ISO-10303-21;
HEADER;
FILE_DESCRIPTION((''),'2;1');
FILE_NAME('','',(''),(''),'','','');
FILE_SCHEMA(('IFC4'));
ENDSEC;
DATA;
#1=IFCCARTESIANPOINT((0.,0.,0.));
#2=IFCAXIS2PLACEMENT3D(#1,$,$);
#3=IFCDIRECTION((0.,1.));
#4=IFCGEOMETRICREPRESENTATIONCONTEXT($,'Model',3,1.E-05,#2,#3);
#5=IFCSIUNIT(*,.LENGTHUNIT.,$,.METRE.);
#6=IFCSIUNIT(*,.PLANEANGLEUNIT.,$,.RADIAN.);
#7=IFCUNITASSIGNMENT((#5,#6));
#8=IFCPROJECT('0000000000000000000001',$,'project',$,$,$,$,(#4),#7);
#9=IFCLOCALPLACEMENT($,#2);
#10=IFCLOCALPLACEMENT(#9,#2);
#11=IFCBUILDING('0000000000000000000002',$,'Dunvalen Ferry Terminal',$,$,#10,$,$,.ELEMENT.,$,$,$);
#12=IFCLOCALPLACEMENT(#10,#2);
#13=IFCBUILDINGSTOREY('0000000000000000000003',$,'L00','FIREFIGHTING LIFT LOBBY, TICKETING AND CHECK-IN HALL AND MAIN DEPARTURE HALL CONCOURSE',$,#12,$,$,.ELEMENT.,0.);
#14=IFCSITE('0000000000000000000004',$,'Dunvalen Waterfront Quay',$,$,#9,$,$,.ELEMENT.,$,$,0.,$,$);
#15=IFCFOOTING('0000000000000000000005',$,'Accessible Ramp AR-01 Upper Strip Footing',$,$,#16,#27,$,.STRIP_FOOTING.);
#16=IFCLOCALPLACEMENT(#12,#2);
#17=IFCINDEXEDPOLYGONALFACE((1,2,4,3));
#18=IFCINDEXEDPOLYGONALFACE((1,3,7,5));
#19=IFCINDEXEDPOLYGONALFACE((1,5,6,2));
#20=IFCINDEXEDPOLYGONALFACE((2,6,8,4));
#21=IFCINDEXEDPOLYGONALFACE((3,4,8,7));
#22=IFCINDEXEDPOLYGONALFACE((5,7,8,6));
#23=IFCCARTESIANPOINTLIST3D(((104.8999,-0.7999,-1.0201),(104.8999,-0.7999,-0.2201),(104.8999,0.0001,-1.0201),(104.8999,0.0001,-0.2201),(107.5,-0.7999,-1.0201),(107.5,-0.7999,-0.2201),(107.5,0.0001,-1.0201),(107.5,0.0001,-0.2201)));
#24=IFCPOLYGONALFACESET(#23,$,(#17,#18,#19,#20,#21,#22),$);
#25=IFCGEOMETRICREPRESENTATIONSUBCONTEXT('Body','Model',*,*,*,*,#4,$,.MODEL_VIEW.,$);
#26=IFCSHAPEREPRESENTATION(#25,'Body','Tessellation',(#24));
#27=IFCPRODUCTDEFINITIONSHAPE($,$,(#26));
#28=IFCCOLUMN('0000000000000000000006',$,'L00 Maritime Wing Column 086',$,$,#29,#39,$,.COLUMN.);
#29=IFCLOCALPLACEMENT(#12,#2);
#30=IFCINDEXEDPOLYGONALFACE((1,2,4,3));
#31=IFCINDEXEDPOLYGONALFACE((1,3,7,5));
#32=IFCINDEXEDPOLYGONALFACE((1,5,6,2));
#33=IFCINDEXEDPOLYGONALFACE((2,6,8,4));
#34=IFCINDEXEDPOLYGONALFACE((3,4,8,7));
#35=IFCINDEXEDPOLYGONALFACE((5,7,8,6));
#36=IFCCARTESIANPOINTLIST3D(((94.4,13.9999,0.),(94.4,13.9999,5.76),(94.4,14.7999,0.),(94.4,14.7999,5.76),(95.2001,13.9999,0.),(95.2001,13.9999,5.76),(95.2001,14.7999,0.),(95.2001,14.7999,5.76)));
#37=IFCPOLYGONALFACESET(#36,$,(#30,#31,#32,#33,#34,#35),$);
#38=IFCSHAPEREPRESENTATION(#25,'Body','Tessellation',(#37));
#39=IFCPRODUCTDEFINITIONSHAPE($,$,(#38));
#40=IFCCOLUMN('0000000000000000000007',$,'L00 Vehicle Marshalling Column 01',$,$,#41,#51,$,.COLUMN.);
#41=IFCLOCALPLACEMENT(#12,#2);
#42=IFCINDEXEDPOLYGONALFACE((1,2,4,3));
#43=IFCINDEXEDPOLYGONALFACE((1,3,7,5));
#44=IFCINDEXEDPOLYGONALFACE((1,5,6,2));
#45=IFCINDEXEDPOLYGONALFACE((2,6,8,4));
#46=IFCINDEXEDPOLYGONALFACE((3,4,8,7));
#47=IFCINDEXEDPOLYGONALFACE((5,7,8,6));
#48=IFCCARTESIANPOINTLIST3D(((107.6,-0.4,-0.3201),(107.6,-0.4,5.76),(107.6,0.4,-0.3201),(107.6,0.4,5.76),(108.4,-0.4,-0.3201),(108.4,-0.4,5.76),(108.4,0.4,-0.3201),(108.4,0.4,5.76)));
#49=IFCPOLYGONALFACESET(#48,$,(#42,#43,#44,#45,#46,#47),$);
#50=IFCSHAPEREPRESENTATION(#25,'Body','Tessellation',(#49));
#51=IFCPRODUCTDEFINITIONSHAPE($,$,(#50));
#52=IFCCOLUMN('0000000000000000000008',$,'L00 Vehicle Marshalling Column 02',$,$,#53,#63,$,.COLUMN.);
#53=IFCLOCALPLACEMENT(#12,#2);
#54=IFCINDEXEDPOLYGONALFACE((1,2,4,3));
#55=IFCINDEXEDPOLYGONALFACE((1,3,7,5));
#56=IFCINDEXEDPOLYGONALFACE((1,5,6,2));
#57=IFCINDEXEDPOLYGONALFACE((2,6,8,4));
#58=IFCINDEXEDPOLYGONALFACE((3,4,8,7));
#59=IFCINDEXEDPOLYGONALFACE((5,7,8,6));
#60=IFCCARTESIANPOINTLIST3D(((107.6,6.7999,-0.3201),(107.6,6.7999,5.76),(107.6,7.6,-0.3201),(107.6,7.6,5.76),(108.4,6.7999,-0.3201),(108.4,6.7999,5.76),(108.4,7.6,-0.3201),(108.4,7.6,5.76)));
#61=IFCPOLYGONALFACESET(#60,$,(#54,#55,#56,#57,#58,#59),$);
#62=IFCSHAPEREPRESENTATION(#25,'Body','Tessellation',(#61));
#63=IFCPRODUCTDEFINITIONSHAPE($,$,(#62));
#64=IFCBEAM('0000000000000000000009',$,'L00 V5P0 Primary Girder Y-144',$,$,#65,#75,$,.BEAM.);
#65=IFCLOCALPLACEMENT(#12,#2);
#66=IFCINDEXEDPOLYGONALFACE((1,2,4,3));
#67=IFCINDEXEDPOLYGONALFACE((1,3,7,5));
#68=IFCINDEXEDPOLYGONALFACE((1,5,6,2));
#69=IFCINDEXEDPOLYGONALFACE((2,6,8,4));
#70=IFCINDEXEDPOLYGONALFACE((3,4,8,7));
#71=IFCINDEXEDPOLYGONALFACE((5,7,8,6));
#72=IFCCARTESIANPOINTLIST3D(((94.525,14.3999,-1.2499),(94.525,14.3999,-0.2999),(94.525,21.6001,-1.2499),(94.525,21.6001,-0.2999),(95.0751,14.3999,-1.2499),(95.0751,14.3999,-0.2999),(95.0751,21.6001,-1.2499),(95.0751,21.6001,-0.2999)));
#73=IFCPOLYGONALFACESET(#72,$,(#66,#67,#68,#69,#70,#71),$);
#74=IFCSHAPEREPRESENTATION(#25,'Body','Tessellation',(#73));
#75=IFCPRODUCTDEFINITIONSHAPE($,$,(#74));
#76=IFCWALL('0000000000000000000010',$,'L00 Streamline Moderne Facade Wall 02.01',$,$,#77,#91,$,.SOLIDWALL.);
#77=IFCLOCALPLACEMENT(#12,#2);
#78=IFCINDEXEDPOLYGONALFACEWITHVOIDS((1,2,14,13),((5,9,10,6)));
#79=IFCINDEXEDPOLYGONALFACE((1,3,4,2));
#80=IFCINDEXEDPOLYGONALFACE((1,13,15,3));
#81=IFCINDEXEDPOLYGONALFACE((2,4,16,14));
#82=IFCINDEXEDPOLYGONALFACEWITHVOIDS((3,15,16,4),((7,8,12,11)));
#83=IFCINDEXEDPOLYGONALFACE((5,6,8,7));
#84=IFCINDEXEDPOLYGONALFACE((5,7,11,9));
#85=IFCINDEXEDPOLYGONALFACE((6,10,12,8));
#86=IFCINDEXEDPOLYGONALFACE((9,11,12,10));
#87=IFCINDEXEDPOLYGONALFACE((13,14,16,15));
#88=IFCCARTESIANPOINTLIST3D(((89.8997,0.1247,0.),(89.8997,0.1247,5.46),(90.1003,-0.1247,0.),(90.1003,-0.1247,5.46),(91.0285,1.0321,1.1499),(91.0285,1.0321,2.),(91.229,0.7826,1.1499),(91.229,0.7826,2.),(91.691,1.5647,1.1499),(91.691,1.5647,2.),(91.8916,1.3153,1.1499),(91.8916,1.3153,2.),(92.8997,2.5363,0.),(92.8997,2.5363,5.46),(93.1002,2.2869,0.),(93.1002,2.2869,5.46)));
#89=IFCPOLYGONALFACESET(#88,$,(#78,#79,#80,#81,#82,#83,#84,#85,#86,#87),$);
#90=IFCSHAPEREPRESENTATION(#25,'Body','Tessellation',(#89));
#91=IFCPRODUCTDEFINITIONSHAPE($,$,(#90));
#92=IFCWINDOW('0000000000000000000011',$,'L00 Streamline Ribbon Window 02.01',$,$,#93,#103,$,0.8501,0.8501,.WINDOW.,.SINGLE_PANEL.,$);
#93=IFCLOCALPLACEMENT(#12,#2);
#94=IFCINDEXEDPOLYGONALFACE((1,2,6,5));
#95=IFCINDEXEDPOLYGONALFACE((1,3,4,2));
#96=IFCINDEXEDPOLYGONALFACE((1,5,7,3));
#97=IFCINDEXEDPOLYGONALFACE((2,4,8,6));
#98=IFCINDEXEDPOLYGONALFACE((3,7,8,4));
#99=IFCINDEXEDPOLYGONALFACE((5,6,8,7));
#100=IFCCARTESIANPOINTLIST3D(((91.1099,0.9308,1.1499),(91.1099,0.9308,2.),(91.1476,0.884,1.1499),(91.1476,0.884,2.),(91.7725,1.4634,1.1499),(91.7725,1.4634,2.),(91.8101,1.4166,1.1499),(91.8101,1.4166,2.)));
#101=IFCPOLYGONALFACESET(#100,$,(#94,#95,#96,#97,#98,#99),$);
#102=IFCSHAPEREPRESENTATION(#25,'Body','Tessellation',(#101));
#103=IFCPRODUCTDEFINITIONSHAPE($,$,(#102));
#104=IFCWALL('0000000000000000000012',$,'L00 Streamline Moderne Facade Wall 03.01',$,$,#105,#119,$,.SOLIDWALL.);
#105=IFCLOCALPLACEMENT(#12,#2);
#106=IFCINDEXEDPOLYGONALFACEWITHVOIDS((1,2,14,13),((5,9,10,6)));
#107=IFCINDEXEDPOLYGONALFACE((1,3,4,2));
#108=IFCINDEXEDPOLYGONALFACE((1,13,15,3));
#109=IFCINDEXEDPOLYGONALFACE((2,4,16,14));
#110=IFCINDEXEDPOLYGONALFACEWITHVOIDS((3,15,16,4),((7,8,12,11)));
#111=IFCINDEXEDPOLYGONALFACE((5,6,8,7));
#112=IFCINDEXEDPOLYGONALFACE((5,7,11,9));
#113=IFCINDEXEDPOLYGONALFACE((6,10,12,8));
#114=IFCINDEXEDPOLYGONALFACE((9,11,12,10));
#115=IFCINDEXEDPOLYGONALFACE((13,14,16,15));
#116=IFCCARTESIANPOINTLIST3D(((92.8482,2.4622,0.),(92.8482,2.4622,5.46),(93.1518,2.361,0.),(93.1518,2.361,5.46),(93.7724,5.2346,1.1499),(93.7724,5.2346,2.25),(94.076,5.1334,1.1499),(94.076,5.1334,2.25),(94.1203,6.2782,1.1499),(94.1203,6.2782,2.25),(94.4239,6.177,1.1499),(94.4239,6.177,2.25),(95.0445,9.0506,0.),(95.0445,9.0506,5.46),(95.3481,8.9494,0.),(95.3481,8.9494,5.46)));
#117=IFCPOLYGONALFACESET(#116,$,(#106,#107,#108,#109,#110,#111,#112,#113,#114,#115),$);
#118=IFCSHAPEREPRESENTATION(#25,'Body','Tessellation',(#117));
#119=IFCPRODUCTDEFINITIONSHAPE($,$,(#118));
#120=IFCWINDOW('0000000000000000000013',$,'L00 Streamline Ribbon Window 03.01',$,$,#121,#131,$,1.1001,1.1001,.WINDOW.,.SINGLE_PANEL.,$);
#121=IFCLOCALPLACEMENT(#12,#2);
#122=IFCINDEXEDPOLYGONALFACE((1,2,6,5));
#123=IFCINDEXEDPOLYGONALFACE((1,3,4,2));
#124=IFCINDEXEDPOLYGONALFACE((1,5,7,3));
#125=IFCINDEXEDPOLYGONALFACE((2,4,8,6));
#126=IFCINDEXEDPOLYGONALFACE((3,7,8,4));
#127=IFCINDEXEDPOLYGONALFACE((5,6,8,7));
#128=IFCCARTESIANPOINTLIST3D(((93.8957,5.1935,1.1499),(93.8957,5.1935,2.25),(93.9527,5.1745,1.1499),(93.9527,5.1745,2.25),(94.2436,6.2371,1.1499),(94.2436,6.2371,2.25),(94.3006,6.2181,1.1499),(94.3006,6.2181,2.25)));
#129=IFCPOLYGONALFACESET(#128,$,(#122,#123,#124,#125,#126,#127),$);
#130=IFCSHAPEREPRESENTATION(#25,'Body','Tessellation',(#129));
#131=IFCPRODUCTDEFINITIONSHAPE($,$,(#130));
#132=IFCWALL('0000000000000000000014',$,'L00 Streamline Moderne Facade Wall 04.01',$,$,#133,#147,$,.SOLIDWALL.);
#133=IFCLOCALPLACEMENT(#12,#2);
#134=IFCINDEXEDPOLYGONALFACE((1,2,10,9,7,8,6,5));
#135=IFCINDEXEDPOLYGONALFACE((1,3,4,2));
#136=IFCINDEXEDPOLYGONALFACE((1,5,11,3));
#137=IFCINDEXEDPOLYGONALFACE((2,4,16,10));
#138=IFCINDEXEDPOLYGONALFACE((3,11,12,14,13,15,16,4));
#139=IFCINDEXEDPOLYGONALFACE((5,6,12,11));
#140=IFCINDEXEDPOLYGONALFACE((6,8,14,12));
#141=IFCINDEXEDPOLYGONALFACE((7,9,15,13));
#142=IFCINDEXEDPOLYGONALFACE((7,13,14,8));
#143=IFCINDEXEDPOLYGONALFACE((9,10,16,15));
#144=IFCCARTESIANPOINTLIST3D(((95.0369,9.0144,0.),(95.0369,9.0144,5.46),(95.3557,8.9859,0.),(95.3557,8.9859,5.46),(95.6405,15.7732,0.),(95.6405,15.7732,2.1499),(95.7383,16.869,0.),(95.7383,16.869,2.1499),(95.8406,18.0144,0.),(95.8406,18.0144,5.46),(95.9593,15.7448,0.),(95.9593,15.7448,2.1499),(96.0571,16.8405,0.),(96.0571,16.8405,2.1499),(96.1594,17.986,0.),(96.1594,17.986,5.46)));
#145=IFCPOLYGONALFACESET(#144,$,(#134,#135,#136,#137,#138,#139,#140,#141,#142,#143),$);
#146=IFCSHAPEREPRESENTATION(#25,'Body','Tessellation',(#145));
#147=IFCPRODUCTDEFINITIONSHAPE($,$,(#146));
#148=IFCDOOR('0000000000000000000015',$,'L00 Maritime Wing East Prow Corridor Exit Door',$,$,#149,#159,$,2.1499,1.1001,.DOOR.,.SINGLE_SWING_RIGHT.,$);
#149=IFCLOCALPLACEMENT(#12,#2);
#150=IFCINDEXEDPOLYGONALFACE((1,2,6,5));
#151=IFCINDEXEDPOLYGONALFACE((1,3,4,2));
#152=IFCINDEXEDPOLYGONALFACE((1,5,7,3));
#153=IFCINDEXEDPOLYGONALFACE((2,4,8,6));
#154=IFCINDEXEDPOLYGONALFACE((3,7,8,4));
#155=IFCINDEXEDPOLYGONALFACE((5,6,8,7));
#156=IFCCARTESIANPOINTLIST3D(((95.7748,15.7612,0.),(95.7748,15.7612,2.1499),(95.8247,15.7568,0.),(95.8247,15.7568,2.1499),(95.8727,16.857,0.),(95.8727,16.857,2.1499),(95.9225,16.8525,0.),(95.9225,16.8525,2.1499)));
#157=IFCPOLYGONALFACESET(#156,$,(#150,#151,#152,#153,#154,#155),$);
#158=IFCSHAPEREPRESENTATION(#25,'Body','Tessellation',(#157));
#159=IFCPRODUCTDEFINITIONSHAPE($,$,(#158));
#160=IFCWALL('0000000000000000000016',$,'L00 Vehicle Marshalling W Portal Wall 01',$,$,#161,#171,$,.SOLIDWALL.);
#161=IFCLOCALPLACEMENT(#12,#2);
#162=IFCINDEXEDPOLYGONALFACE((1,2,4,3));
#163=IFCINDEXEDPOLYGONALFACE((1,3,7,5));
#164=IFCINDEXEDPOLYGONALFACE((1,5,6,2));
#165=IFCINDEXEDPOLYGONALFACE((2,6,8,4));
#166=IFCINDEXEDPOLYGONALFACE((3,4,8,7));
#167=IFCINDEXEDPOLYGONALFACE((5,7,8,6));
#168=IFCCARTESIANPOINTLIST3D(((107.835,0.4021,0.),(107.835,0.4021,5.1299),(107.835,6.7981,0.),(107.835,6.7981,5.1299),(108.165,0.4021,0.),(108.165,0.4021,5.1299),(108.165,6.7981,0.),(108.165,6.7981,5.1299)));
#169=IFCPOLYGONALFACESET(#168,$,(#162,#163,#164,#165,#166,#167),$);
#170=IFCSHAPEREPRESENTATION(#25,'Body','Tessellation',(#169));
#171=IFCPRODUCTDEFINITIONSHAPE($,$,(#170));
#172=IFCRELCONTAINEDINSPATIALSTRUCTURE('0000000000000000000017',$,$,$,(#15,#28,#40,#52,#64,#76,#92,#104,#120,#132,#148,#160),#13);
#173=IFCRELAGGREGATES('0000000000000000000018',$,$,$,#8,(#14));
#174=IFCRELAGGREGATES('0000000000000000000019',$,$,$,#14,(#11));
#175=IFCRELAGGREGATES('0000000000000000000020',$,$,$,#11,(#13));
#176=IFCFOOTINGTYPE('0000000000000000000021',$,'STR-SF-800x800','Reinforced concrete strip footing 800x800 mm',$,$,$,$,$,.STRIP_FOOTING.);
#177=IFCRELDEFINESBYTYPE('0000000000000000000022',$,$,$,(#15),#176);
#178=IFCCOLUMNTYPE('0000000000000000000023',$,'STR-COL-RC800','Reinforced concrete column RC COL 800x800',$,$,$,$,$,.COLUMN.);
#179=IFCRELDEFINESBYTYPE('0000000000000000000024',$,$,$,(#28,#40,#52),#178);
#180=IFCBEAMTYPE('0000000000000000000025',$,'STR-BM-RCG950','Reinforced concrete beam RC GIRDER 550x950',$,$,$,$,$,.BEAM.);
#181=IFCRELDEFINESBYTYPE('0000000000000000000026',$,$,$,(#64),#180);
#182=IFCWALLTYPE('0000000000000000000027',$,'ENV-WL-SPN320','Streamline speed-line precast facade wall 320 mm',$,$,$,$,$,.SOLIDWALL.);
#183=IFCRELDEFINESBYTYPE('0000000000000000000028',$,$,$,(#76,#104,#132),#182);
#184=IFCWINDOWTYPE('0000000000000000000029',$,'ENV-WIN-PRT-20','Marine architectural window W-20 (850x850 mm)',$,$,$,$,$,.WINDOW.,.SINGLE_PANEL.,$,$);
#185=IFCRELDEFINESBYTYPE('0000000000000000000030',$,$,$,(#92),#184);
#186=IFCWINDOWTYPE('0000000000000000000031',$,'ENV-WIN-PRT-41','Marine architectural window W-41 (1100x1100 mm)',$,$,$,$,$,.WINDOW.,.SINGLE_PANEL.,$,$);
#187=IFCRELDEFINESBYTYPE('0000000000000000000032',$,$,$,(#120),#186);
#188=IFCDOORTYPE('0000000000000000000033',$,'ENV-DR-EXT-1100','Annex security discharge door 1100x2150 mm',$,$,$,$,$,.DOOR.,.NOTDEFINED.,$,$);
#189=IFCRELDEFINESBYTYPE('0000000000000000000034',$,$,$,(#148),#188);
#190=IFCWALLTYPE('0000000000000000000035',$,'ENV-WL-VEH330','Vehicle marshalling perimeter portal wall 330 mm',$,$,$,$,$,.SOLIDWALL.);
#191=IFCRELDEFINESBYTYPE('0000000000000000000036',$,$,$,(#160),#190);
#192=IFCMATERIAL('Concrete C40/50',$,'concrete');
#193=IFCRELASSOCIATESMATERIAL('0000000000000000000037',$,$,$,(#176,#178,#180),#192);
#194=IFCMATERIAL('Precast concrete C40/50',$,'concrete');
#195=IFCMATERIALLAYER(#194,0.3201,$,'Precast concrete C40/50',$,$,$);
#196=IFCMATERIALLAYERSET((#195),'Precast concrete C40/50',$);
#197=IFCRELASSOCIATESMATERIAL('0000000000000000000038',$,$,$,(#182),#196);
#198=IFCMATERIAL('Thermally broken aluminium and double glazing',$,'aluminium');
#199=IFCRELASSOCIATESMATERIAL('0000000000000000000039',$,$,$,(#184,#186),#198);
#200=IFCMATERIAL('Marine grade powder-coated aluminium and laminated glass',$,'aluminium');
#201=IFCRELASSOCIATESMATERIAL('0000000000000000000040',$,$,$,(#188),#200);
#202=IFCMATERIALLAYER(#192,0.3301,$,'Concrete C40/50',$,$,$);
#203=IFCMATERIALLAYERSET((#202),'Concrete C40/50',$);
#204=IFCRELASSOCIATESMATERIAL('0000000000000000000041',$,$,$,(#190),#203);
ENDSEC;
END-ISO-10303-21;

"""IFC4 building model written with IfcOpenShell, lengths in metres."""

from ifc_helpers import new_model, si_unit, direction, frame, frame_2d, origin, origin_2d, place, context, subcontext, project, spatial, rectangle, extrude, material, layer, layer_set, material_profile, profile_set, type_object, element, fill, save


model = new_model("IFC4")

# Units and contexts
model_context = context("Model", 3, precision=1e-05, world=origin(), true_north=direction((0.0, 1.0)))
body_context = subcontext(model_context, "Body", "Model", "MODEL_VIEW")
ifc_project = project(units=[si_unit("LENGTHUNIT", "METRE"), si_unit("PLANEANGLEUNIT", "RADIAN")], contexts=[model_context])

# Site, building, storey
site_placement = place(None, origin())
site = spatial("IfcSite", under=ifc_project, at=site_placement, Name="Dunvalen Waterfront Quay", CompositionType="ELEMENT", RefElevation=0.0)
building_placement = place(site_placement, origin())
building = spatial("IfcBuilding", under=site, at=building_placement, Name="Dunvalen Ferry Terminal", CompositionType="ELEMENT")
storey_placement = place(building_placement, origin())
storey = spatial("IfcBuildingStorey", under=building, at=storey_placement, Name="L00", Description="FIREFIGHTING LIFT LOBBY, TICKETING AND CHECK-IN HALL AND MAIN DEPARTURE HALL CONCOURSE", CompositionType="ELEMENT", Elevation=0.0)

# Shared definitions
ifc_material_1 = material(Name="Concrete C40/50", Category="concrete")

# Footing
ifc_material_profile_1 = material_profile(ifc_material_1, rectangle(XDim=0.8, YDim=0.8, at=origin_2d()), Name="Concrete C40/50")
ifc_profile_set_1 = profile_set([ifc_material_profile_1], Name="Concrete C40/50")
footing_type_1 = type_object("IfcFootingType", Name="STR-SF-800x800", Description="Reinforced concrete strip footing 800x800 mm", PredefinedType="STRIP_FOOTING", material=ifc_profile_set_1)
for number, where, z_axis, x_axis, name in (
    (1, (104.8999, -0.3999, -0.6201), (1.0, 0.0, 0.0), (0.0, 1.0, 0.0), "Accessible Ramp AR-01 Upper Strip Footing"),
):
    element("IfcFooting", number, at=place(storey_placement, frame(where, z_axis=z_axis, x_axis=x_axis)), inside=storey, type_object=footing_type_1, Name=name, PredefinedType="STRIP_FOOTING", context=body_context, shape_type="SweptSolid", body=[
        extrude(rectangle(XDim=0.8, YDim=0.8, at=origin_2d()), origin(), (0.0, 0.0, 1.0), 2.6001),
    ])

# Columns
ifc_material_profile_2 = material_profile(ifc_material_1, rectangle(XDim=0.8, YDim=0.8, at=origin_2d()), Name="Concrete C40/50")
ifc_profile_set_2 = profile_set([ifc_material_profile_2], Name="Concrete C40/50")
column_type = type_object("IfcColumnType", Name="STR-COL-RC800", Description="Reinforced concrete column RC COL 800x800", PredefinedType="COLUMN", material=ifc_profile_set_2)
column_placement = place(storey_placement, frame((94.8, 14.3999, 0.0), z_axis=(0.0, 0.0, 1.0), x_axis=(1.0, 0.0, 0.0)))
element("IfcColumn", 2, at=column_placement, inside=storey, type_object=column_type, Name="L00 Maritime Wing Column 086", PredefinedType="COLUMN", context=body_context, shape_type="SweptSolid", body=[
    extrude(rectangle(XDim=0.8, YDim=0.8, at=origin_2d()), origin(), (0.0, 0.0, 1.0), 5.76),
])
for number, where, z_axis, x_axis, name in (
    (3, (108.0, 0.0, -0.3201), (0.0, 0.0, 1.0), (1.0, 0.0, 0.0), "L00 Vehicle Marshalling Column 01"),
    (4, (108.0, 7.2, -0.3201), (0.0, 0.0, 1.0), (1.0, 0.0, 0.0), "L00 Vehicle Marshalling Column 02"),
):
    element("IfcColumn", number, at=place(storey_placement, frame(where, z_axis=z_axis, x_axis=x_axis)), inside=storey, type_object=column_type, Name=name, PredefinedType="COLUMN", context=body_context, shape_type="SweptSolid", body=[
        extrude(rectangle(XDim=0.8, YDim=0.8, at=origin_2d()), origin(), (0.0, 0.0, 1.0), 6.0801),
    ])

# Beam
ifc_material_profile_3 = material_profile(ifc_material_1, rectangle(XDim=0.55, YDim=0.95, at=origin_2d()), Name="Concrete C40/50")
ifc_profile_set_3 = profile_set([ifc_material_profile_3], Name="Concrete C40/50")
beam_type = type_object("IfcBeamType", Name="STR-BM-RCG950", Description="Reinforced concrete beam RC GIRDER 550x950", PredefinedType="BEAM", material=ifc_profile_set_3)
beam_placement = place(storey_placement, frame((94.8, 14.3999, -0.7749), z_axis=(0.0, 1.0, 0.0), x_axis=(-1.0, 0.0, 0.0)))
element("IfcBeam", 5, at=beam_placement, inside=storey, type_object=beam_type, Name="L00 V5P0 Primary Girder Y-144", PredefinedType="BEAM", context=body_context, shape_type="SweptSolid", body=[
    extrude(rectangle(XDim=0.55, YDim=0.95, at=origin_2d()), origin(), (0.0, 0.0, 1.0), 7.2002),
])

# Walls, openings, windows
ifc_material_2 = material(Name="Precast concrete C40/50", Category="concrete")
ifc_layer_1 = layer(ifc_material_2, 0.3201, Name="Precast concrete C40/50")
ifc_layer_set_1 = layer_set([ifc_layer_1], Name="Precast concrete C40/50")
wall_type_1 = type_object("IfcWallType", Name="ENV-WL-SPN320", Description="Streamline speed-line precast facade wall 320 mm", PredefinedType="SOLIDWALL", material=ifc_layer_set_1)
wall_1_placement = place(storey_placement, frame((90.0, 0.0, 0.0), z_axis=(0.0, 0.0, 1.0), x_axis=(0.779394, 0.626534, 0.0)))
wall_1 = element("IfcWall", 6, at=wall_1_placement, inside=storey, type_object=wall_type_1, Name="L00 Streamline Moderne Facade Wall 02.01", PredefinedType="SOLIDWALL", context=body_context, shape_type="SweptSolid", body=[
    extrude(rectangle(XDim=3.8491, YDim=0.3201, at=frame_2d((1.9246, 0.0))), origin(), (0.0, 0.0, 1.0), 5.46),
])
opening_1_placement = place(wall_1_placement, frame((1.4482, 0.0, 1.1499)))
opening_1 = element("IfcOpeningElement", 7, at=opening_1_placement, cuts=wall_1, PredefinedType="OPENING", context=body_context, shape_type="SweptSolid", body=[
    extrude(rectangle(XDim=0.8501, YDim=0.8501, at=frame_2d((0.425, 0.425))), frame((0.0, 0.1699, 0.0), z_axis=(0.0, -1.0, 0.0), x_axis=(1.0, 0.0, 0.0)), (0.0, 0.0, 1.0), 0.3401),
])
ifc_material_3 = material(Name="Thermally broken aluminium and double glazing", Category="aluminium")
window_type_1 = type_object("IfcWindowType", Name="ENV-WIN-PRT-20", Description="Marine architectural window W-20 (850x850 mm)", PartitioningType="SINGLE_PANEL", PredefinedType="WINDOW", material=ifc_material_3)
window_1_placement = place(opening_1_placement, origin())
window_1 = element("IfcWindow", 8, at=window_1_placement, inside=storey, type_object=window_type_1, Name="L00 Streamline Ribbon Window 02.01", OverallHeight=0.8501, OverallWidth=0.8501, PartitioningType="SINGLE_PANEL", PredefinedType="WINDOW", context=body_context, shape_type="SweptSolid", body=[
    extrude(rectangle(XDim=0.8501, YDim=0.8501, at=frame_2d((0.425, 0.425))), frame((0.0, 0.03, 0.0), z_axis=(0.0, -1.0, 0.0), x_axis=(1.0, 0.0, 0.0)), (0.0, 0.0, 1.0), 0.0601),
])
fill(opening_1, window_1)
wall_2_placement = place(storey_placement, frame((93.0, 2.4116, 0.0), z_axis=(0.0, 0.0, 1.0), x_axis=(0.316249, 0.948676, 0.0)))
wall_2 = element("IfcWall", 9, at=wall_2_placement, inside=storey, type_object=wall_type_1, Name="L00 Streamline Moderne Facade Wall 03.01", PredefinedType="SOLIDWALL", context=body_context, shape_type="SweptSolid", body=[
    extrude(rectangle(XDim=6.9448, YDim=0.3201, at=frame_2d((3.4724, 0.0))), origin(), (0.0, 0.0, 1.0), 5.46),
])
opening_2_placement = place(wall_2_placement, frame((2.9224, 0.0, 1.1499)))
opening_2 = element("IfcOpeningElement", 10, at=opening_2_placement, cuts=wall_2, PredefinedType="OPENING", context=body_context, shape_type="SweptSolid", body=[
    extrude(rectangle(XDim=1.1001, YDim=1.1001, at=frame_2d((0.55, 0.55))), frame((0.0, 0.1699, 0.0), z_axis=(0.0, -1.0, 0.0), x_axis=(1.0, 0.0, 0.0)), (0.0, 0.0, 1.0), 0.3401),
])
window_type_2 = type_object("IfcWindowType", Name="ENV-WIN-PRT-41", Description="Marine architectural window W-41 (1100x1100 mm)", PartitioningType="SINGLE_PANEL", PredefinedType="WINDOW", material=ifc_material_3)
window_2_placement = place(opening_2_placement, origin())
window_2 = element("IfcWindow", 11, at=window_2_placement, inside=storey, type_object=window_type_2, Name="L00 Streamline Ribbon Window 03.01", OverallHeight=1.1001, OverallWidth=1.1001, PartitioningType="SINGLE_PANEL", PredefinedType="WINDOW", context=body_context, shape_type="SweptSolid", body=[
    extrude(rectangle(XDim=1.1001, YDim=1.1001, at=frame_2d((0.55, 0.55))), frame((0.0, 0.03, 0.0), z_axis=(0.0, -1.0, 0.0), x_axis=(1.0, 0.0, 0.0)), (0.0, 0.0, 1.0), 0.0601),
])
fill(opening_2, window_2)

# Wall, opening, door
wall_3_placement = place(storey_placement, frame((95.1963, 9.0, 0.0), z_axis=(0.0, 0.0, 1.0), x_axis=(0.088947, 0.996036, 0.0)))
wall_3 = element("IfcWall", 12, at=wall_3_placement, inside=storey, type_object=wall_type_1, Name="L00 Streamline Moderne Facade Wall 04.01", PredefinedType="SOLIDWALL", context=body_context, shape_type="SweptSolid", body=[
    extrude(rectangle(XDim=9.0359, YDim=0.3201, at=frame_2d((4.5181, 0.0))), origin(), (0.0, 0.0, 1.0), 5.46),
])
opening_3_placement = place(wall_3_placement, frame((6.7859, 0.0, 0.0)))
opening_3 = element("IfcOpeningElement", 13, at=opening_3_placement, cuts=wall_3, PredefinedType="OPENING", context=body_context, shape_type="SweptSolid", body=[
    extrude(rectangle(XDim=1.1001, YDim=2.1499, at=frame_2d((0.55, 1.075))), frame((0.0, 0.1699, 0.0), z_axis=(0.0, -1.0, 0.0), x_axis=(1.0, 0.0, 0.0)), (0.0, 0.0, 1.0), 0.3401),
])
ifc_material_4 = material(Name="Marine grade powder-coated aluminium and laminated glass", Category="aluminium")
door_type_1 = type_object("IfcDoorType", Name="ENV-DR-EXT-1100", Description="Annex security discharge door 1100x2150 mm", OperationType="NOTDEFINED", PredefinedType="DOOR", material=ifc_material_4)
door_1_placement = place(opening_3_placement, frame((1.1001, 0.0, 0.0), z_axis=(0.0, 0.0, 1.0), x_axis=(-1.0, 0.0, 0.0)))
door_1 = element("IfcDoor", 14, at=door_1_placement, inside=storey, type_object=door_type_1, Name="L00 Maritime Wing East Prow Corridor Exit Door", OperationType="SINGLE_SWING_RIGHT", OverallHeight=2.1499, OverallWidth=1.1001, PredefinedType="DOOR", context=body_context, shape_type="SweptSolid", body=[
    extrude(rectangle(XDim=1.1001, YDim=2.1499, at=frame_2d((0.55, 1.075))), frame((0.0, 0.0249, 0.0), z_axis=(0.0, -1.0, 0.0), x_axis=(1.0, 0.0, 0.0)), (0.0, 0.0, 1.0), 0.05),
])
fill(opening_3, door_1)

# Wall
ifc_layer_2 = layer(ifc_material_1, 0.3301, Name="Concrete C40/50")
ifc_layer_set_2 = layer_set([ifc_layer_2], Name="Concrete C40/50")
wall_type_2 = type_object("IfcWallType", Name="ENV-WL-VEH330", Description="Vehicle marshalling perimeter portal wall 330 mm", PredefinedType="SOLIDWALL", material=ifc_layer_set_2)
wall_4_placement = place(storey_placement, frame((108.0, 0.4021, 0.0), z_axis=(0.0, 0.0, 1.0), x_axis=(0.0, 1.0, 0.0)))
element("IfcWall", 15, at=wall_4_placement, inside=storey, type_object=wall_type_2, Name="L00 Vehicle Marshalling W Portal Wall 01", PredefinedType="SOLIDWALL", context=body_context, shape_type="SweptSolid", body=[
    extrude(rectangle(XDim=6.396, YDim=0.3301, at=frame_2d((3.198, 0.0))), origin(), (0.0, 0.0, 1.0), 5.1299),
])

save(model, "model.ifc")
